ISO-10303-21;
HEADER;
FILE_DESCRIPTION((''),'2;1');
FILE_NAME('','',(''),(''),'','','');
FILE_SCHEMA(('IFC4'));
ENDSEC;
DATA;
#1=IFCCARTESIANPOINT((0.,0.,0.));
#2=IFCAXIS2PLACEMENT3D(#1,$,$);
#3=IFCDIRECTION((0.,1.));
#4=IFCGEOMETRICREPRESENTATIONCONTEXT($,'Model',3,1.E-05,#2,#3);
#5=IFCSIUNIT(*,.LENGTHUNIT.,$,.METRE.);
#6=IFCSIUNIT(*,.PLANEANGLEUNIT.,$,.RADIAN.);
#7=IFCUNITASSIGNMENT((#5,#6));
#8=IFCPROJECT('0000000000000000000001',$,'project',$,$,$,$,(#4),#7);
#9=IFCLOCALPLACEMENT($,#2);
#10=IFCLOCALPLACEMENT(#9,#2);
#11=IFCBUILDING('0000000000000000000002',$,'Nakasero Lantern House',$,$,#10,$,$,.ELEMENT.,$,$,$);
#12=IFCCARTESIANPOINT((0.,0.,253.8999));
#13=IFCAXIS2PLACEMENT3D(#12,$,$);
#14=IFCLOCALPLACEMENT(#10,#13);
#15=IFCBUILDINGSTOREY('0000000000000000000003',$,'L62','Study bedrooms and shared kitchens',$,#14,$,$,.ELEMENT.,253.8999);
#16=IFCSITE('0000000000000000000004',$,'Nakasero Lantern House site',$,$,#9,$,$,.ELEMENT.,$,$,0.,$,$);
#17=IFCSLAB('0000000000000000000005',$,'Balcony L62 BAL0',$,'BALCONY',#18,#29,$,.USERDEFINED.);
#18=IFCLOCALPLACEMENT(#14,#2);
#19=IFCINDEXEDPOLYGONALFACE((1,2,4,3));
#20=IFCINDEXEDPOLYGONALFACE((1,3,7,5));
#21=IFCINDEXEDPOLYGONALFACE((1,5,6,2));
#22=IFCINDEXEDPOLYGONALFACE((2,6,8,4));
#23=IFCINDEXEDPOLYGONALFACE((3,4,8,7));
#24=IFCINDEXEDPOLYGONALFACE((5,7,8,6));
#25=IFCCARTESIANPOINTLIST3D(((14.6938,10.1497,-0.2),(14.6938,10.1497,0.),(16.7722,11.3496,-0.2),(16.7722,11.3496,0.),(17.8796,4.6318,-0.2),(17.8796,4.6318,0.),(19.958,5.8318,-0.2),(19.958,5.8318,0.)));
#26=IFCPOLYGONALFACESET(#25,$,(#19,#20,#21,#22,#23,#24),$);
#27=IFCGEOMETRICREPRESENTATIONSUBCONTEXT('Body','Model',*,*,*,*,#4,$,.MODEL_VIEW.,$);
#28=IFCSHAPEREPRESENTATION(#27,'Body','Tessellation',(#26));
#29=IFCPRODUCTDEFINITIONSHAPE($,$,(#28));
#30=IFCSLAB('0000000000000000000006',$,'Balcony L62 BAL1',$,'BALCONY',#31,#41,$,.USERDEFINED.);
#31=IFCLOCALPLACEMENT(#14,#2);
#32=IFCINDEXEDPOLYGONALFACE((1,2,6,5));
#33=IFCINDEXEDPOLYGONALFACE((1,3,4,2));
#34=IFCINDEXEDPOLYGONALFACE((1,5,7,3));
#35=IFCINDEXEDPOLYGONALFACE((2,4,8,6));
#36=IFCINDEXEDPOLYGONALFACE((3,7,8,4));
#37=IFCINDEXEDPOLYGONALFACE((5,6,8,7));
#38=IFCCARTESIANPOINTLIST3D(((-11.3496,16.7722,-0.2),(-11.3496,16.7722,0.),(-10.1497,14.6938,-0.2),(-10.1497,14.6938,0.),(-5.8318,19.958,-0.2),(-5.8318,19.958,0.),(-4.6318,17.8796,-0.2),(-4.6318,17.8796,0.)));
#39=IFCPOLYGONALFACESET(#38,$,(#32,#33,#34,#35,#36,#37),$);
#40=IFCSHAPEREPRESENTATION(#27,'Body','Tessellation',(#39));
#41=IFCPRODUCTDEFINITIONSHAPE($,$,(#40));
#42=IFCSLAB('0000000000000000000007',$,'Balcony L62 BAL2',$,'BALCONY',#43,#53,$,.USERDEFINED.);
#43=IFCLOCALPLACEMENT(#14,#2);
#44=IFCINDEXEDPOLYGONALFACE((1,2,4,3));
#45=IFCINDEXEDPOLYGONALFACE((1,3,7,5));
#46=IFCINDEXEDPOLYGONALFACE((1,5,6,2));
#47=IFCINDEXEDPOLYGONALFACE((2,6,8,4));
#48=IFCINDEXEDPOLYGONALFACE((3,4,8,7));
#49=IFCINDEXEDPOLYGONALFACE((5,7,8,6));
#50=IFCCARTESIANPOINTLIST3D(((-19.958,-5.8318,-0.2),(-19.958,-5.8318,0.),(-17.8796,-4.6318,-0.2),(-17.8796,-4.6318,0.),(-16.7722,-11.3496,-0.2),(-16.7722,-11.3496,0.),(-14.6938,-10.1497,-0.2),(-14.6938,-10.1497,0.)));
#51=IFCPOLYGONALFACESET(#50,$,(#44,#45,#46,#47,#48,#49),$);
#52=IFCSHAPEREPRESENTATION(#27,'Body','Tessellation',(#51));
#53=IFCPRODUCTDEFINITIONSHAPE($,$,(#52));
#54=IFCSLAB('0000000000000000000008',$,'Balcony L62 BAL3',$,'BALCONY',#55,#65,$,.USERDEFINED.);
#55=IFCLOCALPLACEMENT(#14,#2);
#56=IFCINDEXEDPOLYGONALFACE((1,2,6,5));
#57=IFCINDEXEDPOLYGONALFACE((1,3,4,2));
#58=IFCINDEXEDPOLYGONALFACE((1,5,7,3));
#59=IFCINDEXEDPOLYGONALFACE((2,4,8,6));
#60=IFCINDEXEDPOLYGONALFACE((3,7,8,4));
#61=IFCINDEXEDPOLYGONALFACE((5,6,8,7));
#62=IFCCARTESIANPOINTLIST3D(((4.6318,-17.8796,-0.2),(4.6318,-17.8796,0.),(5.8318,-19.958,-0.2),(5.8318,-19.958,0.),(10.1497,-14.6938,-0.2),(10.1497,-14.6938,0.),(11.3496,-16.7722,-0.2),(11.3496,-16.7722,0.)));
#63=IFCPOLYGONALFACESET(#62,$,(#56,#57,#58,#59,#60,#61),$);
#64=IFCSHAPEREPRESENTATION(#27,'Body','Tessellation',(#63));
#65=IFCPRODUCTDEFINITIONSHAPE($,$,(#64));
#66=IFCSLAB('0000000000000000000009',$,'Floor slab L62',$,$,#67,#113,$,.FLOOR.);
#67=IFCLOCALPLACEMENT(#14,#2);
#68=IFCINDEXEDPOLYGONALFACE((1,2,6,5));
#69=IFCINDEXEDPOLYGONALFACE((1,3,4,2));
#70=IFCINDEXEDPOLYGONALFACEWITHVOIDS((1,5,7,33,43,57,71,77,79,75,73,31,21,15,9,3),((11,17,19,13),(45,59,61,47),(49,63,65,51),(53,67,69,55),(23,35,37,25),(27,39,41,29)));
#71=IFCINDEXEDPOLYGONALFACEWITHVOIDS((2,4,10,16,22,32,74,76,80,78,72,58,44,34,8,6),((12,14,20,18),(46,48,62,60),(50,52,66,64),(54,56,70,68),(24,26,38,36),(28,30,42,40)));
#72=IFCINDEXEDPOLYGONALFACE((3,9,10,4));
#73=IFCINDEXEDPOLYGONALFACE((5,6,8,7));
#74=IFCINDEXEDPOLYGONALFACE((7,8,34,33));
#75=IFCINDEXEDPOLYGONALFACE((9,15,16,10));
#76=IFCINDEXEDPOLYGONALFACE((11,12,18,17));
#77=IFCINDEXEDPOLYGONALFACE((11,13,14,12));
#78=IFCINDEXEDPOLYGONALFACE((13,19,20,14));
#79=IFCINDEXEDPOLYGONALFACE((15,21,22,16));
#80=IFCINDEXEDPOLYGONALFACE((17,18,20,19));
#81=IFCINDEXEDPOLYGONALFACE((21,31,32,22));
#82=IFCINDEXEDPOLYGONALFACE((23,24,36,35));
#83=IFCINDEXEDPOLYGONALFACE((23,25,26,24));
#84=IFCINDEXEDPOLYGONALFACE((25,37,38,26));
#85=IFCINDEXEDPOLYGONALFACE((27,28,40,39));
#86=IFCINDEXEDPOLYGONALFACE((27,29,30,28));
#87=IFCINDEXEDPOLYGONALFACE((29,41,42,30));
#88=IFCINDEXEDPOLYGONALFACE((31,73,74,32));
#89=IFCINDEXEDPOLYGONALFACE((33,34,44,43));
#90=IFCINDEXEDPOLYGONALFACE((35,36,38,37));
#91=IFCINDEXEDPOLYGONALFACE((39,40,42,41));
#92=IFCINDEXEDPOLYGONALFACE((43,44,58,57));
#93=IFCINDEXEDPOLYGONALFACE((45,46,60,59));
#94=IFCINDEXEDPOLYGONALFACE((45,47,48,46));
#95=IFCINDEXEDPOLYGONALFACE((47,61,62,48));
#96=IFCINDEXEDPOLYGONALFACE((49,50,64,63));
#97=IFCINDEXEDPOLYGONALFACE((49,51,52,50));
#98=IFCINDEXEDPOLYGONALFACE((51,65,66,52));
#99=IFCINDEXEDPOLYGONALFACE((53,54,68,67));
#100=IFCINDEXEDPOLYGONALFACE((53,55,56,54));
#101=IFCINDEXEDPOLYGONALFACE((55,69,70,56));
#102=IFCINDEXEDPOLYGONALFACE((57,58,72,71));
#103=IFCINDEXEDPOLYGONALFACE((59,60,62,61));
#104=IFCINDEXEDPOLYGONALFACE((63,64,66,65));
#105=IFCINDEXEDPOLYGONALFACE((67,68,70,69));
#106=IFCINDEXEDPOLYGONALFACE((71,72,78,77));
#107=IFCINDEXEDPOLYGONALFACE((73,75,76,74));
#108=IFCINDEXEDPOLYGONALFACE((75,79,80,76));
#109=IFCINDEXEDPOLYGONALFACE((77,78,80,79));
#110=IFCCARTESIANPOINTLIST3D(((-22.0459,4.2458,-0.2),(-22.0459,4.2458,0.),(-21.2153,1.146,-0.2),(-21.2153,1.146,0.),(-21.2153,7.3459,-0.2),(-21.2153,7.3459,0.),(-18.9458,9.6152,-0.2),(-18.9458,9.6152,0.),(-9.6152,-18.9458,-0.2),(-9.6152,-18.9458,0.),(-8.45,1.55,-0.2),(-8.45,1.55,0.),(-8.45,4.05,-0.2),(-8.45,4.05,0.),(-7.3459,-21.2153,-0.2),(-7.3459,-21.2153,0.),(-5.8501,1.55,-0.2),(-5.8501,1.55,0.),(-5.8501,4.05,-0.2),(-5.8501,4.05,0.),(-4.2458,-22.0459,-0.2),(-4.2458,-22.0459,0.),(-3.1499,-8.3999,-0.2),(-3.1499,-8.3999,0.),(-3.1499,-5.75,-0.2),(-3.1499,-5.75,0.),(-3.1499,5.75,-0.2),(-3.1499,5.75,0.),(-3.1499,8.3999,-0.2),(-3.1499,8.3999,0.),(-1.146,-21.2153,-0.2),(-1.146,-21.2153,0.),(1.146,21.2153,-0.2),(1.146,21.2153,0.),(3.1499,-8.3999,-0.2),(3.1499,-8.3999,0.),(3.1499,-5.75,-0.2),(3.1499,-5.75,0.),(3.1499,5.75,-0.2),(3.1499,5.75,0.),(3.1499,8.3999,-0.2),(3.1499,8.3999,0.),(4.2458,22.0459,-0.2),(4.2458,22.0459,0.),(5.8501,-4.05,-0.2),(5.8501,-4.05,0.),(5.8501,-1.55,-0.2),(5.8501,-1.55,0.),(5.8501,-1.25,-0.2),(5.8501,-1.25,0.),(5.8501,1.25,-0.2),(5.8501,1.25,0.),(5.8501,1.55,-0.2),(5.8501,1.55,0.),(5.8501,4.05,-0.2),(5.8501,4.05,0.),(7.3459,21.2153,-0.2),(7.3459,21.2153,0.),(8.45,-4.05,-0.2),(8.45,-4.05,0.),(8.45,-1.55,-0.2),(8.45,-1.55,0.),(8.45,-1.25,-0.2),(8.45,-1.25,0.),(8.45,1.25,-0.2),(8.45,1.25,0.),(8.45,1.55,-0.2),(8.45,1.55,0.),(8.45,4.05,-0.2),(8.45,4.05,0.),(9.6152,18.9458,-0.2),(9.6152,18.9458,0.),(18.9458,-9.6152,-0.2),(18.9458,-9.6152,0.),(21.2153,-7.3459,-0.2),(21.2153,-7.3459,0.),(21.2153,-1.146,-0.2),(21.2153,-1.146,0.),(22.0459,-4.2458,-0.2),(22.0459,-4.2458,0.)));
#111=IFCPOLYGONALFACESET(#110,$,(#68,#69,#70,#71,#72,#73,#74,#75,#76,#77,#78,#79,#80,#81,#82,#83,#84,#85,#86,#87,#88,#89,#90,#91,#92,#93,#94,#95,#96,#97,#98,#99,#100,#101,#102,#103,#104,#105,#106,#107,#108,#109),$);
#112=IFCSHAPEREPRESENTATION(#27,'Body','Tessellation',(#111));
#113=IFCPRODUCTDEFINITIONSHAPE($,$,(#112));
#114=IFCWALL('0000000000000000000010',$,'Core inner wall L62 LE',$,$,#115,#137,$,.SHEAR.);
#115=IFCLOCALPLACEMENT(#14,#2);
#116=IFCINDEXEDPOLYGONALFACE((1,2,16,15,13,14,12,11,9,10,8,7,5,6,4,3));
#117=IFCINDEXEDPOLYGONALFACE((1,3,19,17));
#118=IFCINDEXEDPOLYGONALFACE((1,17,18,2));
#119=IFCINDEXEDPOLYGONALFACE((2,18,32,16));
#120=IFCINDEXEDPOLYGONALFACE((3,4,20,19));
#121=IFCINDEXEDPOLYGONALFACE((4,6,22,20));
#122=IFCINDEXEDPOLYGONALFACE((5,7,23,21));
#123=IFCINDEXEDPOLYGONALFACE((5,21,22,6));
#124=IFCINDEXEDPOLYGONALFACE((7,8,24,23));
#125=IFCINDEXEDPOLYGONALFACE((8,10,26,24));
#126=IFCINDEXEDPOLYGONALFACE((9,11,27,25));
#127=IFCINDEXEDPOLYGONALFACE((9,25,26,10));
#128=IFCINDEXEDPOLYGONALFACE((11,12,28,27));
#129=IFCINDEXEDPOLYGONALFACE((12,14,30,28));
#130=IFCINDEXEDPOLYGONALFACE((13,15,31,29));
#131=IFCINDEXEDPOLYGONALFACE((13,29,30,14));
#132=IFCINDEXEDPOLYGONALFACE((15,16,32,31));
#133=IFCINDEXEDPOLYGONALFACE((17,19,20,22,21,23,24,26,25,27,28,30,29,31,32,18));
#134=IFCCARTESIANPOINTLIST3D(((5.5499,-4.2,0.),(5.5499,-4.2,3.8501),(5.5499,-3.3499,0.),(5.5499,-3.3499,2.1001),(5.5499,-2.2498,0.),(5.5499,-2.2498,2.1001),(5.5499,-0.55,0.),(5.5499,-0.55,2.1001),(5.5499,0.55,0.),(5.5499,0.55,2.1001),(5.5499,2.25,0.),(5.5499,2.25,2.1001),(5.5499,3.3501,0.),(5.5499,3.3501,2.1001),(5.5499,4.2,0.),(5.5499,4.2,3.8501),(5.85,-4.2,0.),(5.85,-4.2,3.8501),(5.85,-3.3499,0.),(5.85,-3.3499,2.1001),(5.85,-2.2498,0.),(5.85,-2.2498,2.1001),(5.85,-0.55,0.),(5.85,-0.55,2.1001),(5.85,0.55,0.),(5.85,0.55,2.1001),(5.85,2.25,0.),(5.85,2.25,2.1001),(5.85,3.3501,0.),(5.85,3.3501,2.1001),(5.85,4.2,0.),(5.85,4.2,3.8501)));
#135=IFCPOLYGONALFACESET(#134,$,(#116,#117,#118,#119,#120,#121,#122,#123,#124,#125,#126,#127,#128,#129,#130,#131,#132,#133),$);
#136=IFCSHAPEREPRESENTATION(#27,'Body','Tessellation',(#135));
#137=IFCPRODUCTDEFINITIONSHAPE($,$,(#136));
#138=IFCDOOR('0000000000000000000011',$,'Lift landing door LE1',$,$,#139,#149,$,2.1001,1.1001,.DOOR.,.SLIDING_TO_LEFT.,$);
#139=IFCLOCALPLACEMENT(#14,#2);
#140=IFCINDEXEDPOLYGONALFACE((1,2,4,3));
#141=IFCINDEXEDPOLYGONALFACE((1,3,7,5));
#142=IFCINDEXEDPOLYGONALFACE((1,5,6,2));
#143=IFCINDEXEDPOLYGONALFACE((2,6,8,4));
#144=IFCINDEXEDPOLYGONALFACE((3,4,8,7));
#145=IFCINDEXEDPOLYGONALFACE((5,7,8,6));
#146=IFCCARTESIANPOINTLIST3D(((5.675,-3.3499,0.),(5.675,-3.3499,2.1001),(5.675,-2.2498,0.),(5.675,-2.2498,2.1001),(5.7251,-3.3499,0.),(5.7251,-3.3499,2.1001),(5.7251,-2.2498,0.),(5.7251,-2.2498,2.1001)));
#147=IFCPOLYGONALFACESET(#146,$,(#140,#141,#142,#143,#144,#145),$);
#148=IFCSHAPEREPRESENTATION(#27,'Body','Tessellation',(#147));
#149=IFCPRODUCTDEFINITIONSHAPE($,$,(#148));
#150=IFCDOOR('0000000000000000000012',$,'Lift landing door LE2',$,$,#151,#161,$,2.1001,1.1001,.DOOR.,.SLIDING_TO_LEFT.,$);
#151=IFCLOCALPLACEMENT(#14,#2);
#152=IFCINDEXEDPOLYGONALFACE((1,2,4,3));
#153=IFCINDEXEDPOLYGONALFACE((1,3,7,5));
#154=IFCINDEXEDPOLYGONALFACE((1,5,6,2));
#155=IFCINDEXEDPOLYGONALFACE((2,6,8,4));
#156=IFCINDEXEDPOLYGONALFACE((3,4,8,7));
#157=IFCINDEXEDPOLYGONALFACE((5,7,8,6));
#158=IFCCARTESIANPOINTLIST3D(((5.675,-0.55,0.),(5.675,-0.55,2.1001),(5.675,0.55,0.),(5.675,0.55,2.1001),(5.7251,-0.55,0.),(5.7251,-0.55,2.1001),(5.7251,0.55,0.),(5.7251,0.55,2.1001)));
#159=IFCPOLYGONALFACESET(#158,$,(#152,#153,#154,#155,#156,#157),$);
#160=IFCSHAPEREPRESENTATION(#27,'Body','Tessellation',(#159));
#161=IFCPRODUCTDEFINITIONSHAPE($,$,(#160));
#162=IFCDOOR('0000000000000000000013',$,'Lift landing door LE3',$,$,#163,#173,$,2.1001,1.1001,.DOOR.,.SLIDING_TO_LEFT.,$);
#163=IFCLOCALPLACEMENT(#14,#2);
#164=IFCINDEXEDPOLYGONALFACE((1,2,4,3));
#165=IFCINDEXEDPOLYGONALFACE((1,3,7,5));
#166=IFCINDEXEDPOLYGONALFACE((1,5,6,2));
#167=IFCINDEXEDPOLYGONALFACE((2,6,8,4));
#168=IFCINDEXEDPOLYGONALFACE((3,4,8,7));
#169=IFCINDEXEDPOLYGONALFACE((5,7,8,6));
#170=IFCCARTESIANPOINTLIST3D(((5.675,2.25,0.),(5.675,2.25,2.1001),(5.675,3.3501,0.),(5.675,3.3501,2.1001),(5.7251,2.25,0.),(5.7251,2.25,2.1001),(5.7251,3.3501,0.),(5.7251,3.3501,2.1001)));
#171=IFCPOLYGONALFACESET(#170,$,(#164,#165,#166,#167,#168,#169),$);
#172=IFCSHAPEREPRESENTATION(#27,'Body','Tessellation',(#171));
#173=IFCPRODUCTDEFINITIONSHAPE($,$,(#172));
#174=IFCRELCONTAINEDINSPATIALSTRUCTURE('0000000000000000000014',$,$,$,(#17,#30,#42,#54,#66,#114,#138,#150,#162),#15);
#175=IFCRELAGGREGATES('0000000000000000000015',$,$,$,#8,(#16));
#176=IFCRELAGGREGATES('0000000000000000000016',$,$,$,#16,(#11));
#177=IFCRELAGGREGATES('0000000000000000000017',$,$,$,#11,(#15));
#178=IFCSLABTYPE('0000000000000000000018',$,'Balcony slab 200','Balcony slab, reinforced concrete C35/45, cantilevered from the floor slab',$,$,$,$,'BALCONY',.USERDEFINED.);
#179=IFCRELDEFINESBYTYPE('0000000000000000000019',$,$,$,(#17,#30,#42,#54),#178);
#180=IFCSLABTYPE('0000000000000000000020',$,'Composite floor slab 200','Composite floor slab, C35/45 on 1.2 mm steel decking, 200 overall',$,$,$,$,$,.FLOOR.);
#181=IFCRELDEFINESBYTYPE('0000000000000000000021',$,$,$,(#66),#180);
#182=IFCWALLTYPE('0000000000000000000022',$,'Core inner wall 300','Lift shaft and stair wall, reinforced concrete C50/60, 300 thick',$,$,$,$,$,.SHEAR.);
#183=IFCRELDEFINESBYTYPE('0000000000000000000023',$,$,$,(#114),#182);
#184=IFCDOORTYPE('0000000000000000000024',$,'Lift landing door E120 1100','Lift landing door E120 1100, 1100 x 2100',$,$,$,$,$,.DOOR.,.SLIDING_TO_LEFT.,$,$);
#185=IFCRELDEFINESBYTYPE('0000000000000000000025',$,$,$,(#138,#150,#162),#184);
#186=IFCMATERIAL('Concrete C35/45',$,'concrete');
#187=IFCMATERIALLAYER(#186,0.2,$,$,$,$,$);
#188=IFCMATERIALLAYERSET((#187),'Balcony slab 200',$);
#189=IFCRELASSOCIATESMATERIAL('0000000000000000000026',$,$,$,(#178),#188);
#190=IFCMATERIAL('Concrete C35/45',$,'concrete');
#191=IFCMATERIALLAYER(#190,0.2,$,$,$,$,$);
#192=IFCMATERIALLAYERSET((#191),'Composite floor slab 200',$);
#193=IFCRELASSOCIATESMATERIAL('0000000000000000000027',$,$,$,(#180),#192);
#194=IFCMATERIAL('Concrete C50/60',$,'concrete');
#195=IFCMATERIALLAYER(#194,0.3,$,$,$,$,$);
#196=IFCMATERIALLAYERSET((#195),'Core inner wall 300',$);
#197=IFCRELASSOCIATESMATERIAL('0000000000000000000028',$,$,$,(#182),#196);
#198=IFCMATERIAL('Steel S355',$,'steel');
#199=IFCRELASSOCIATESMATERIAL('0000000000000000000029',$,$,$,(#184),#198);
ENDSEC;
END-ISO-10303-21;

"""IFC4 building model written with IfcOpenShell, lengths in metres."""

from ifc_helpers import new_model, si_unit, direction, frame, frame_2d, origin, place, context, subcontext, project, spatial, polyline, rectangle, outline, extrude, material, layer, layer_set, type_object, element, fill, save


model = new_model("IFC4")

# Units and contexts
model_context = context("Model", 3, precision=1e-05, world=origin(), true_north=direction((0.0, 1.0)))
body_context = subcontext(model_context, "Body", "Model", "MODEL_VIEW")
ifc_project = project(units=[si_unit("LENGTHUNIT", "METRE"), si_unit("PLANEANGLEUNIT", "RADIAN")], contexts=[model_context])

# Site, building, storey
site_placement = place(None, origin())
site = spatial("IfcSite", under=ifc_project, at=site_placement, Name="Nakasero Lantern House site", CompositionType="ELEMENT", RefElevation=0.0)
building_placement = place(site_placement, origin())
building = spatial("IfcBuilding", under=site, at=building_placement, Name="Nakasero Lantern House", CompositionType="ELEMENT")
storey_placement = place(building_placement, frame((0.0, 0.0, 253.8999)))
storey = spatial("IfcBuildingStorey", under=building, at=storey_placement, Name="L62", Description="Study bedrooms and shared kitchens", CompositionType="ELEMENT", Elevation=253.8999)

# Slabs
ifc_material_1 = material(Name="Concrete C35/45", Category="concrete")
ifc_layer_1 = layer(ifc_material_1, 0.2)
ifc_layer_set_1 = layer_set([ifc_layer_1], Name="Balcony slab 200")
slab_type_1 = type_object("IfcSlabType", Name="Balcony slab 200", Description="Balcony slab, reinforced concrete C35/45, cantilevered from the floor slab", ElementType="BALCONY", PredefinedType="USERDEFINED", material=ifc_layer_set_1)
slab_1_placement = place(storey_placement, frame((0.0, 0.0, -0.2)))
element("IfcSlab", 1, at=slab_1_placement, inside=storey, type_object=slab_type_1, Name="Balcony L62 BAL0", ObjectType="BALCONY", PredefinedType="USERDEFINED", context=body_context, shape_type="SweptSolid", body=[
    extrude(outline(polyline([(17.8796, 4.6318), (19.958, 5.8318), (16.7722, 11.3496), (14.6938, 10.1497), (17.8796, 4.6318)])), origin(), (0.0, 0.0, 1.0), 0.2),
])
slab_2_placement = place(storey_placement, frame((0.0, 0.0, -0.2)))
element("IfcSlab", 2, at=slab_2_placement, inside=storey, type_object=slab_type_1, Name="Balcony L62 BAL1", ObjectType="BALCONY", PredefinedType="USERDEFINED", context=body_context, shape_type="SweptSolid", body=[
    extrude(outline(polyline([(-4.6318, 17.8796), (-5.8318, 19.958), (-11.3496, 16.7722), (-10.1497, 14.6938), (-4.6318, 17.8796)])), origin(), (0.0, 0.0, 1.0), 0.2),
])
slab_3_placement = place(storey_placement, frame((0.0, 0.0, -0.2)))
element("IfcSlab", 3, at=slab_3_placement, inside=storey, type_object=slab_type_1, Name="Balcony L62 BAL2", ObjectType="BALCONY", PredefinedType="USERDEFINED", context=body_context, shape_type="SweptSolid", body=[
    extrude(outline(polyline([(-17.8796, -4.6318), (-19.958, -5.8318), (-16.7722, -11.3496), (-14.6938, -10.1497), (-17.8796, -4.6318)])), origin(), (0.0, 0.0, 1.0), 0.2),
])
slab_4_placement = place(storey_placement, frame((0.0, 0.0, -0.2)))
element("IfcSlab", 4, at=slab_4_placement, inside=storey, type_object=slab_type_1, Name="Balcony L62 BAL3", ObjectType="BALCONY", PredefinedType="USERDEFINED", context=body_context, shape_type="SweptSolid", body=[
    extrude(outline(polyline([(4.6318, -17.8796), (5.8318, -19.958), (11.3496, -16.7722), (10.1497, -14.6938), (4.6318, -17.8796)])), origin(), (0.0, 0.0, 1.0), 0.2),
])
ifc_material_2 = material(Name="Concrete C35/45", Category="concrete")
ifc_layer_2 = layer(ifc_material_2, 0.2)
ifc_layer_set_2 = layer_set([ifc_layer_2], Name="Composite floor slab 200")
slab_type_2 = type_object("IfcSlabType", Name="Composite floor slab 200", Description="Composite floor slab, C35/45 on 1.2 mm steel decking, 200 overall", PredefinedType="FLOOR", material=ifc_layer_set_2)
slab_5_placement = place(storey_placement, frame((0.0, 0.0, -0.2)))
element("IfcSlab", 5, at=slab_5_placement, inside=storey, type_object=slab_type_2, Name="Floor slab L62", PredefinedType="FLOOR", context=body_context, shape_type="SweptSolid", body=[
    extrude(outline(polyline([(9.6152, 18.9458), (7.3459, 21.2153), (4.2458, 22.0459), (1.146, 21.2153), (-18.9458, 9.6152), (-21.2153, 7.3459), (-22.0459, 4.2458), (-21.2153, 1.146), (-9.6152, -18.9458), (-7.3459, -21.2153), (-4.2458, -22.0459), (-1.146, -21.2153), (18.9458, -9.6152), (21.2153, -7.3459), (22.0459, -4.2458), (21.2153, -1.146), (9.6152, 18.9458)]), holes=[polyline([(-8.45, 1.55), (-5.8501, 1.55), (-5.8501, 4.05), (-8.45, 4.05), (-8.45, 1.55)]), polyline([(5.8501, -4.05), (8.45, -4.05), (8.45, -1.55), (5.8501, -1.55), (5.8501, -4.05)]), polyline([(5.8501, -1.25), (8.45, -1.25), (8.45, 1.25), (5.8501, 1.25), (5.8501, -1.25)]), polyline([(5.8501, 1.55), (8.45, 1.55), (8.45, 4.05), (5.8501, 4.05), (5.8501, 1.55)]), polyline([(-3.1499, 5.75), (3.1499, 5.75), (3.1499, 8.3999), (-3.1499, 8.3999), (-3.1499, 5.75)]), polyline([(-3.1499, -8.3999), (3.1499, -8.3999), (3.1499, -5.75), (-3.1499, -5.75), (-3.1499, -8.3999)])]), origin(), (0.0, 0.0, 1.0), 0.2),
])

# Wall, openings, doors
ifc_material_3 = material(Name="Concrete C50/60", Category="concrete")
ifc_layer_3 = layer(ifc_material_3, 0.3)
ifc_layer_set_3 = layer_set([ifc_layer_3], Name="Core inner wall 300")
wall_type_1 = type_object("IfcWallType", Name="Core inner wall 300", Description="Lift shaft and stair wall, reinforced concrete C50/60, 300 thick", PredefinedType="SHEAR", material=ifc_layer_set_3)
wall_1_placement = place(storey_placement, frame((5.7, -4.2, 0.0), z_axis=(0.0, 0.0, 1.0), x_axis=(0.0, 1.0, 0.0)))
wall_1 = element("IfcWall", 6, at=wall_1_placement, inside=storey, type_object=wall_type_1, Name="Core inner wall L62 LE", PredefinedType="SHEAR", context=body_context, shape_type="SweptSolid", body=[
    extrude(rectangle(XDim=8.3999, YDim=0.3, at=frame_2d((4.2, 0.0))), origin(), (0.0, 0.0, 1.0), 3.8501),
])
opening_1_placement = place(wall_1_placement, frame((0.8501, 0.0, 0.0)))
opening_1 = element("IfcOpeningElement", 7, at=opening_1_placement, cuts=wall_1, PredefinedType="OPENING", context=body_context, shape_type="SweptSolid", body=[
    extrude(rectangle(XDim=1.1001, YDim=2.1001, at=frame_2d((0.55, 1.05))), frame((0.0, 0.1699, 0.0), z_axis=(0.0, -1.0, 0.0), x_axis=(1.0, 0.0, 0.0)), (0.0, 0.0, 1.0), 0.3401),
])
opening_2_placement = place(wall_1_placement, frame((3.6499, 0.0, 0.0)))
opening_2 = element("IfcOpeningElement", 8, at=opening_2_placement, cuts=wall_1, PredefinedType="OPENING", context=body_context, shape_type="SweptSolid", body=[
    extrude(rectangle(XDim=1.1001, YDim=2.1001, at=frame_2d((0.55, 1.05))), frame((0.0, 0.1699, 0.0), z_axis=(0.0, -1.0, 0.0), x_axis=(1.0, 0.0, 0.0)), (0.0, 0.0, 1.0), 0.3401),
])
opening_3_placement = place(wall_1_placement, frame((6.45, 0.0, 0.0)))
opening_3 = element("IfcOpeningElement", 9, at=opening_3_placement, cuts=wall_1, PredefinedType="OPENING", context=body_context, shape_type="SweptSolid", body=[
    extrude(rectangle(XDim=1.1001, YDim=2.1001, at=frame_2d((0.55, 1.05))), frame((0.0, 0.1699, 0.0), z_axis=(0.0, -1.0, 0.0), x_axis=(1.0, 0.0, 0.0)), (0.0, 0.0, 1.0), 0.3401),
])
ifc_material_4 = material(Name="Steel S355", Category="steel")
door_type_1 = type_object("IfcDoorType", Name="Lift landing door E120 1100", Description="Lift landing door E120 1100, 1100 x 2100", OperationType="SLIDING_TO_LEFT", PredefinedType="DOOR", material=ifc_material_4)
door_1_placement = place(opening_1_placement, origin())
door_1 = element("IfcDoor", 10, at=door_1_placement, inside=storey, type_object=door_type_1, Name="Lift landing door LE1", OperationType="SLIDING_TO_LEFT", OverallHeight=2.1001, OverallWidth=1.1001, PredefinedType="DOOR", context=body_context, shape_type="SweptSolid", body=[
    extrude(rectangle(XDim=1.1001, YDim=2.1001, at=frame_2d((0.55, 1.05))), frame((0.0, 0.0249, 0.0), z_axis=(0.0, -1.0, 0.0), x_axis=(1.0, 0.0, 0.0)), (0.0, 0.0, 1.0), 0.05),
])
fill(opening_1, door_1)
door_2_placement = place(opening_2_placement, origin())
door_2 = element("IfcDoor", 11, at=door_2_placement, inside=storey, type_object=door_type_1, Name="Lift landing door LE2", OperationType="SLIDING_TO_LEFT", OverallHeight=2.1001, OverallWidth=1.1001, PredefinedType="DOOR", context=body_context, shape_type="SweptSolid", body=[
    extrude(rectangle(XDim=1.1001, YDim=2.1001, at=frame_2d((0.55, 1.05))), frame((0.0, 0.0249, 0.0), z_axis=(0.0, -1.0, 0.0), x_axis=(1.0, 0.0, 0.0)), (0.0, 0.0, 1.0), 0.05),
])
fill(opening_2, door_2)
door_3_placement = place(opening_3_placement, origin())
door_3 = element("IfcDoor", 12, at=door_3_placement, inside=storey, type_object=door_type_1, Name="Lift landing door LE3", OperationType="SLIDING_TO_LEFT", OverallHeight=2.1001, OverallWidth=1.1001, PredefinedType="DOOR", context=body_context, shape_type="SweptSolid", body=[
    extrude(rectangle(XDim=1.1001, YDim=2.1001, at=frame_2d((0.55, 1.05))), frame((0.0, 0.0249, 0.0), z_axis=(0.0, -1.0, 0.0), x_axis=(1.0, 0.0, 0.0)), (0.0, 0.0, 1.0), 0.05),
])
fill(opening_3, door_3)

save(model, "model.ifc")
